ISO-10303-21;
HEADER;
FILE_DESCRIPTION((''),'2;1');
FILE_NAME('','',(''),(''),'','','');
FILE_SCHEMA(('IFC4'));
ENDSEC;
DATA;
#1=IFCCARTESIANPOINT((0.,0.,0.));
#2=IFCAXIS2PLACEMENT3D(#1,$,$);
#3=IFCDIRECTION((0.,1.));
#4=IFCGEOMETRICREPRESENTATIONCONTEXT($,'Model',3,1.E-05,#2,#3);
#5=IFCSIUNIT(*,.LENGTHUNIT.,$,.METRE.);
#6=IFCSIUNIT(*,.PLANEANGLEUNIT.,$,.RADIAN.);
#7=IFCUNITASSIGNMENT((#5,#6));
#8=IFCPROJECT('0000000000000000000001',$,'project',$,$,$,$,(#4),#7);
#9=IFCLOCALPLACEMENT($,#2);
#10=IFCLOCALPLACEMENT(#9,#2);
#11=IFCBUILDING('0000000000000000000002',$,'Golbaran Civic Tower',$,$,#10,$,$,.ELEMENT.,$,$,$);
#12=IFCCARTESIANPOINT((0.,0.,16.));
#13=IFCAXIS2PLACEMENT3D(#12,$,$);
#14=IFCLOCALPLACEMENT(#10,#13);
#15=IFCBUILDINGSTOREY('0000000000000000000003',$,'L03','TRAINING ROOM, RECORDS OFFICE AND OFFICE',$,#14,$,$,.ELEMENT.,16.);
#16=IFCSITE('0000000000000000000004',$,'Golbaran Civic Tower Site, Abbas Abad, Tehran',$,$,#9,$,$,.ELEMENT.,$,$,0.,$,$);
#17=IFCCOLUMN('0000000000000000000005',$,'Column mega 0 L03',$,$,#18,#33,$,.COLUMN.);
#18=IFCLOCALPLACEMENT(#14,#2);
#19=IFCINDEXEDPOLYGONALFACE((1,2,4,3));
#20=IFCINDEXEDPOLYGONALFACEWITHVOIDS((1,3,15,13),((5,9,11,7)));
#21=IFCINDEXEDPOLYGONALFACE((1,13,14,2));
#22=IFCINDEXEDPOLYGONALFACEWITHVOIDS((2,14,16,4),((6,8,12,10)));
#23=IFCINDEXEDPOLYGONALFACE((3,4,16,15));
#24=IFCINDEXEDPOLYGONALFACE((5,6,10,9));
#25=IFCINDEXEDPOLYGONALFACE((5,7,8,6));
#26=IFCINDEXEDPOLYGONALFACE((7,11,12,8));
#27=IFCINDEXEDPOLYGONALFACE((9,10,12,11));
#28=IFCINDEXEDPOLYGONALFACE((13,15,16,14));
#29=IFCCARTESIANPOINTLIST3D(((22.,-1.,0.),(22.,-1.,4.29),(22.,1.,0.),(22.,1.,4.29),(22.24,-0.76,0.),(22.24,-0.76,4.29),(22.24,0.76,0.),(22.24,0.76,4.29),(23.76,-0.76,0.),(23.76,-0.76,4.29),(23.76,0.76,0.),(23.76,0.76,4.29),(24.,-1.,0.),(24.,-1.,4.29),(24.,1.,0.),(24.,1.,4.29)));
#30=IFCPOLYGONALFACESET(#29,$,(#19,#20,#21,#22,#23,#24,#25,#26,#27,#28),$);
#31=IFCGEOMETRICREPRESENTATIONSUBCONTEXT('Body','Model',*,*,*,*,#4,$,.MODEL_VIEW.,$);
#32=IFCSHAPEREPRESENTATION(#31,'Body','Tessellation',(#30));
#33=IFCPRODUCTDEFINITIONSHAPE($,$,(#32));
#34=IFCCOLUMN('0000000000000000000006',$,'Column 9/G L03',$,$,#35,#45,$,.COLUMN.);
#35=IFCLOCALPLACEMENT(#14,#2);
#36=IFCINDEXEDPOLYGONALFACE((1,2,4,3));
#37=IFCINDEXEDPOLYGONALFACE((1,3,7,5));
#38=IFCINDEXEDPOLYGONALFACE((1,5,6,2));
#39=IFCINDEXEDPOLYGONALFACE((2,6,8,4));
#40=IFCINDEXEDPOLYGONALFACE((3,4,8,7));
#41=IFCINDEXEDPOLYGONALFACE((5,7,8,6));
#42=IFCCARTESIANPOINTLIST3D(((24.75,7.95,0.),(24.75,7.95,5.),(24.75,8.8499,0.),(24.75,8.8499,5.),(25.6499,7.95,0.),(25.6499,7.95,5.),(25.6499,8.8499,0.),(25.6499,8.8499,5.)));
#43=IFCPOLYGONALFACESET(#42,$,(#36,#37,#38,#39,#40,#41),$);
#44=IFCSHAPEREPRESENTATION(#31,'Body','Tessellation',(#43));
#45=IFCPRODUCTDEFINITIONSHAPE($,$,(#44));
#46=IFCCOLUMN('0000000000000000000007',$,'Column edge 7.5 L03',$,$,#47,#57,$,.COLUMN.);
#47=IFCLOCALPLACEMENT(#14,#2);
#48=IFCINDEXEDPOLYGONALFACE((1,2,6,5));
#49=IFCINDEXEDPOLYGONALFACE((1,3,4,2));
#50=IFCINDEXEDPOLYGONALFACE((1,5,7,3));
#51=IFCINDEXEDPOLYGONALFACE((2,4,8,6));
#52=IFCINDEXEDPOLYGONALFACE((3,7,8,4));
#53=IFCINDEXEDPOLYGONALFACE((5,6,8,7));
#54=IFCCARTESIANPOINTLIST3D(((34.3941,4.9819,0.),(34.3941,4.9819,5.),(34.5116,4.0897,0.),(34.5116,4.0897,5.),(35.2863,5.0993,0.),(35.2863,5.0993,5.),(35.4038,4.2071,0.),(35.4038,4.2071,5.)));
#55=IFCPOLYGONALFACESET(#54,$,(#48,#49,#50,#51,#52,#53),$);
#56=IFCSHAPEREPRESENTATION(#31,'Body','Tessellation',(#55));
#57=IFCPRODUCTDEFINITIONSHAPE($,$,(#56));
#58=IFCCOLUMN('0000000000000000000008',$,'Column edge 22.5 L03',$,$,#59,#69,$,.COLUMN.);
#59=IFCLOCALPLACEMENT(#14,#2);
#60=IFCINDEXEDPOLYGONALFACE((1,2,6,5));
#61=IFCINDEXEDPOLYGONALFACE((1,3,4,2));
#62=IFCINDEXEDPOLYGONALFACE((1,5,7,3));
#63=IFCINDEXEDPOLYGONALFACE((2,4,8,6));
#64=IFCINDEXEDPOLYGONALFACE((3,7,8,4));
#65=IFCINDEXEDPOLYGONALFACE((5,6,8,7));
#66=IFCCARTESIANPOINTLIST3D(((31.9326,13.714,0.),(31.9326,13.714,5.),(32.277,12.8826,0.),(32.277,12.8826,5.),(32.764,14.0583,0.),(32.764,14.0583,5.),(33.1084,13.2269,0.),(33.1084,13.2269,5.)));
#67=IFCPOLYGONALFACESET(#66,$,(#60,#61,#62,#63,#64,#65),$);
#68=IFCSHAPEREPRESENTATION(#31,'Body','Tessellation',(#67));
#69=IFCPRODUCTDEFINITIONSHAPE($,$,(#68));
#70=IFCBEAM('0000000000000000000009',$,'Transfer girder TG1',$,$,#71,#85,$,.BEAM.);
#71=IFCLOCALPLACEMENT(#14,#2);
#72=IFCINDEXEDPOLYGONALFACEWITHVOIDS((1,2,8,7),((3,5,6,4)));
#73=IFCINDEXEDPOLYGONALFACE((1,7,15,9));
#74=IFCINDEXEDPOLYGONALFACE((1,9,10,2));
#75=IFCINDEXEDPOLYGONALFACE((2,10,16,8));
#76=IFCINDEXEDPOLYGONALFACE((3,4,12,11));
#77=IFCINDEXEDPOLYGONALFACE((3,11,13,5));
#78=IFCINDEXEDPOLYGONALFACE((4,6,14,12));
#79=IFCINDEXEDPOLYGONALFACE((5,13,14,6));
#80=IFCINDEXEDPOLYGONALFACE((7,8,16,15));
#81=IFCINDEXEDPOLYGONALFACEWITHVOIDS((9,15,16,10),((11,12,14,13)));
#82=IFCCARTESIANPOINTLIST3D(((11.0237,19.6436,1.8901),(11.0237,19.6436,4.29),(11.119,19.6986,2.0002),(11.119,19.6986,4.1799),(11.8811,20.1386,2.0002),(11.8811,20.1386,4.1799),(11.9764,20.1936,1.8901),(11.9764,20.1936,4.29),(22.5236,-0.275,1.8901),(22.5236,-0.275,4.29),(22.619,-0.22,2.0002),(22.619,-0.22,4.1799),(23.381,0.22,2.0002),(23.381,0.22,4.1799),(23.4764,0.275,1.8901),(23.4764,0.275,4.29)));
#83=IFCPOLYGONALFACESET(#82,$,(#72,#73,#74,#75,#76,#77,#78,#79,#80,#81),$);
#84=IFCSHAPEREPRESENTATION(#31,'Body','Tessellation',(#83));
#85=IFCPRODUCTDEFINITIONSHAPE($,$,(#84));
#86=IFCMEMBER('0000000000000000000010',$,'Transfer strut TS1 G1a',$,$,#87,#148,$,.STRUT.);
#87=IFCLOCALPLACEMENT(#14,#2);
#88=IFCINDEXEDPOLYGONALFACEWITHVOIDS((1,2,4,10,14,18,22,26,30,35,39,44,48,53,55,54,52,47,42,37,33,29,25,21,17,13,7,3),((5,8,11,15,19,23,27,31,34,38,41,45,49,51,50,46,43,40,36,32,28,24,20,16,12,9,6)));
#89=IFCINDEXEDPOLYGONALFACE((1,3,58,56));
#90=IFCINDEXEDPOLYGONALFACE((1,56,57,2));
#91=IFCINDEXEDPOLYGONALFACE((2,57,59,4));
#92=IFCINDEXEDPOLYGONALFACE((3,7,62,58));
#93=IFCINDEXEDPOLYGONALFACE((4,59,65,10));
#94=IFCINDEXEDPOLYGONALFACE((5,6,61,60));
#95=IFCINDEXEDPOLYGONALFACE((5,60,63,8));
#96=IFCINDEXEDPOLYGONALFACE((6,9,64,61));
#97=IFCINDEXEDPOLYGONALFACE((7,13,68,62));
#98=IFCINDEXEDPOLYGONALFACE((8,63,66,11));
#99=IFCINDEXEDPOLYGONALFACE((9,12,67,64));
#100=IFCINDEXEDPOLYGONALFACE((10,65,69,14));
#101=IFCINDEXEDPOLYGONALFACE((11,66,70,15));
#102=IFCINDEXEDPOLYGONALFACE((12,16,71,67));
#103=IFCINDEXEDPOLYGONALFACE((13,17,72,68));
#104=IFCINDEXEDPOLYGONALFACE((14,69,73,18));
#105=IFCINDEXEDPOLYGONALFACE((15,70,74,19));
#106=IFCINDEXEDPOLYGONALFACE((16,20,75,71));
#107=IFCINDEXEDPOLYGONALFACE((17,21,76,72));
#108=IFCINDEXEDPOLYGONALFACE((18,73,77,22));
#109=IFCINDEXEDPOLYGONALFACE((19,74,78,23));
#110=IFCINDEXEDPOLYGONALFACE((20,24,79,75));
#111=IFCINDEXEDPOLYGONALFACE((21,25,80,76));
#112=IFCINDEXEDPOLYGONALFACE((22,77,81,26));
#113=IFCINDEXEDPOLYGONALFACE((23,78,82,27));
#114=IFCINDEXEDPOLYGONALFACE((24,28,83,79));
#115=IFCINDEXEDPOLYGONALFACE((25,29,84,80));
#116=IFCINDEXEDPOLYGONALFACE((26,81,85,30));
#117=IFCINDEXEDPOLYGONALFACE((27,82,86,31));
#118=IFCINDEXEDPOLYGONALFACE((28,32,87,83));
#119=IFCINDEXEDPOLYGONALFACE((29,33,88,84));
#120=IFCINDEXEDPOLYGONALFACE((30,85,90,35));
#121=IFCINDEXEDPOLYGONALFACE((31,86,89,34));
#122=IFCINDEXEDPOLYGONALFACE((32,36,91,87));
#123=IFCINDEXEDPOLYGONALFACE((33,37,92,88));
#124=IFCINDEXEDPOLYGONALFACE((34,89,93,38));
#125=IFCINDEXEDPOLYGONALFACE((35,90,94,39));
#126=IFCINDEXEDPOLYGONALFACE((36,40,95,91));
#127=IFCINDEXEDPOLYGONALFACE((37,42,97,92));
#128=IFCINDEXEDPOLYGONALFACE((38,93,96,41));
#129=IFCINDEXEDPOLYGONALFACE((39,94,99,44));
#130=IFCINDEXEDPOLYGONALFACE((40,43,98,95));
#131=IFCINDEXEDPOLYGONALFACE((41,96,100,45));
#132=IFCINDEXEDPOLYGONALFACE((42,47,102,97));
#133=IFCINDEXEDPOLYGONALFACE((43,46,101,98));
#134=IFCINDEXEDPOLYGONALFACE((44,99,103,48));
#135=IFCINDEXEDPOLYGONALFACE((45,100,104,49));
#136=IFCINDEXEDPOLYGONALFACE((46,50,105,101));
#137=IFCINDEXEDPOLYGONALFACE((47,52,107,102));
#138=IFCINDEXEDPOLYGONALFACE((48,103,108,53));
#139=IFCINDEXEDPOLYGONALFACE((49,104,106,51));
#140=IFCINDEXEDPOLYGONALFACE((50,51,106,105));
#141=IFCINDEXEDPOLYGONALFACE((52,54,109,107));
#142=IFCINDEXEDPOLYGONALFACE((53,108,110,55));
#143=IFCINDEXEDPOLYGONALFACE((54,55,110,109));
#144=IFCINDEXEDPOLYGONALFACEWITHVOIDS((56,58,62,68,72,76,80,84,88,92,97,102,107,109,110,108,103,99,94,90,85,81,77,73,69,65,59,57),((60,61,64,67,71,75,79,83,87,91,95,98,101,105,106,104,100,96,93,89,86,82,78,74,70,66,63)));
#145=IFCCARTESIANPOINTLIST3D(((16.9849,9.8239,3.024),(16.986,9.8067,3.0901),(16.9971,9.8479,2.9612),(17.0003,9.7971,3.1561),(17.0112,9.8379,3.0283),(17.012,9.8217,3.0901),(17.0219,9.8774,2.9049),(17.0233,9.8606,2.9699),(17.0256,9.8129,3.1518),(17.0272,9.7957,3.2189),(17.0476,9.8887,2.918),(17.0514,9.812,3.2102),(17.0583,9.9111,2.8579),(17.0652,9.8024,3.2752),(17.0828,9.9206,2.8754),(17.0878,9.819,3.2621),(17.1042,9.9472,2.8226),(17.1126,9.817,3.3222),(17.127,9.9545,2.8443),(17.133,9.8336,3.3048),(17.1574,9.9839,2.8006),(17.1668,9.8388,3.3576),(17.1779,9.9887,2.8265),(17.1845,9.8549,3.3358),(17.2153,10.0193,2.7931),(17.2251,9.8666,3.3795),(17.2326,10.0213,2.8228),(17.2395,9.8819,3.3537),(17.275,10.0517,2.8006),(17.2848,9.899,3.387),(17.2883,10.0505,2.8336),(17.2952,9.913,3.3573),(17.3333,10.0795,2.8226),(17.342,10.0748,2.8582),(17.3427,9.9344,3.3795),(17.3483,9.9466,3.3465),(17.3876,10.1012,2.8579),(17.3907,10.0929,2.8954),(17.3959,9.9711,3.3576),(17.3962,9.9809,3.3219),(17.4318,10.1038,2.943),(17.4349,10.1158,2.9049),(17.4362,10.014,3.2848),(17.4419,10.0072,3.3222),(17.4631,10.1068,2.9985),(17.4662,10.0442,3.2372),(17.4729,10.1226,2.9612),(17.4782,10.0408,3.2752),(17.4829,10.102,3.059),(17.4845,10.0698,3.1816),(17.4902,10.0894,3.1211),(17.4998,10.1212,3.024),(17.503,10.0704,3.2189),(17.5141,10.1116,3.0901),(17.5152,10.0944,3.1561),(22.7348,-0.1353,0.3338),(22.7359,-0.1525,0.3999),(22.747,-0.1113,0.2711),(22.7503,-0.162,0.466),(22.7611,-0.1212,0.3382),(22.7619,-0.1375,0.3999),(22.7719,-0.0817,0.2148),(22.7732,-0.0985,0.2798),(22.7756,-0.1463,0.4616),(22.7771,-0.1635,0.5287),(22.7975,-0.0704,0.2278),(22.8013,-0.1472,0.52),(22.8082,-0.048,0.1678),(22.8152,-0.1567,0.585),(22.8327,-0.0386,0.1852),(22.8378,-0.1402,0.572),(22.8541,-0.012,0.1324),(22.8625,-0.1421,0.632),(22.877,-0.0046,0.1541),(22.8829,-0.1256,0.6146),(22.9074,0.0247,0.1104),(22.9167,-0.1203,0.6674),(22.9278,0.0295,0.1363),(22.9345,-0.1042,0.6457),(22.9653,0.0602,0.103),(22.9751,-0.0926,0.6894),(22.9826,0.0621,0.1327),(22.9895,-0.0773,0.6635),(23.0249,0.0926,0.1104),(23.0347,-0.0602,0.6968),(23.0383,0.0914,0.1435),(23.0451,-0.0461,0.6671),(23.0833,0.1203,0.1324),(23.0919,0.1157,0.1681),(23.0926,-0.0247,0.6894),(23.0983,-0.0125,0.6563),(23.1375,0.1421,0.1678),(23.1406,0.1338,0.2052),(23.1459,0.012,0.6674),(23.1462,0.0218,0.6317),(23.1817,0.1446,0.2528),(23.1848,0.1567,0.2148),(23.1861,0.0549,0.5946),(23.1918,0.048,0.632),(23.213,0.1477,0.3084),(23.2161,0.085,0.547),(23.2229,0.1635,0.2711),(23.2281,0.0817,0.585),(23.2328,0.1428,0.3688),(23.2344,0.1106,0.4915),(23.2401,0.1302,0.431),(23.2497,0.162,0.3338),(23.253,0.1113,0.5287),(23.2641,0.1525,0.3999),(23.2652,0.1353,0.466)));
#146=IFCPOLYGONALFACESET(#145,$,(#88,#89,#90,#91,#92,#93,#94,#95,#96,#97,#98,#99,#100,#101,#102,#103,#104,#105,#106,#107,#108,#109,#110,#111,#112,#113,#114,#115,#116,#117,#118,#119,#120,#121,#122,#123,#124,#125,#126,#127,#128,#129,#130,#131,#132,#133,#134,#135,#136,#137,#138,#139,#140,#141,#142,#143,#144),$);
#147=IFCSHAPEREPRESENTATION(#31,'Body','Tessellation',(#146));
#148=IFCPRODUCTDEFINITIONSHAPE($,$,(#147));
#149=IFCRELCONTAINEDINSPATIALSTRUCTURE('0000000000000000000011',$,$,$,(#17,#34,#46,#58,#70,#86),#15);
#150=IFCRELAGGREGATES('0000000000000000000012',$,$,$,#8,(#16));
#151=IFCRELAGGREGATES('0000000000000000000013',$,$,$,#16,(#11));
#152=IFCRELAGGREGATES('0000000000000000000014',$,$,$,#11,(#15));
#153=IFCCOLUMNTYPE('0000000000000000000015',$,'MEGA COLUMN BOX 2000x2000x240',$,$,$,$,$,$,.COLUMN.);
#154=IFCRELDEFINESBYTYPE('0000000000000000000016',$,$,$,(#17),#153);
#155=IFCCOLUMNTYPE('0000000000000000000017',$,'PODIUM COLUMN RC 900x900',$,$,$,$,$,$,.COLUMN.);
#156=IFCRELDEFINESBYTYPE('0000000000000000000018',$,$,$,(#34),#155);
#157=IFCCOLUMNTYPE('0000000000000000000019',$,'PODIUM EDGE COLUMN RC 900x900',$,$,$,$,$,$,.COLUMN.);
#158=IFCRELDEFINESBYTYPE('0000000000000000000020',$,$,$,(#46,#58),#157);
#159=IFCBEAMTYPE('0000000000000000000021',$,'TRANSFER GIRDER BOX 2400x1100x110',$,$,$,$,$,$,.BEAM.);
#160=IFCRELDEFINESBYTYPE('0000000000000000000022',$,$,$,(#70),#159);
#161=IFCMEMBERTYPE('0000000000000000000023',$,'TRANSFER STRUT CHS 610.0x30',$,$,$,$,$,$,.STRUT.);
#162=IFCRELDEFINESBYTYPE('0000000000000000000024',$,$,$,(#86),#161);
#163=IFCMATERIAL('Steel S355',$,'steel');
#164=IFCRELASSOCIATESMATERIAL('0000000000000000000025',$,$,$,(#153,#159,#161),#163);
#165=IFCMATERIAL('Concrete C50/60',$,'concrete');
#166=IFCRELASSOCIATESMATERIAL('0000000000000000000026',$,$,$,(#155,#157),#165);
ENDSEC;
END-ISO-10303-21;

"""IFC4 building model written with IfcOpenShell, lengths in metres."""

from ifc_helpers import new_model, si_unit, direction, frame, origin, origin_2d, place, context, subcontext, project, spatial, rectangle, hollow_rectangle, hollow_circle, extrude, material, material_profile, profile_set, type_object, element, save


model = new_model("IFC4")

# Units and contexts
model_context = context("Model", 3, precision=1e-05, world=origin(), true_north=direction((0.0, 1.0)))
body_context = subcontext(model_context, "Body", "Model", "MODEL_VIEW")
ifc_project = project(units=[si_unit("LENGTHUNIT", "METRE"), si_unit("PLANEANGLEUNIT", "RADIAN")], contexts=[model_context])

# Site, building, storey
site_placement = place(None, origin())
site = spatial("IfcSite", under=ifc_project, at=site_placement, Name="Golbaran Civic Tower Site, Abbas Abad, Tehran", CompositionType="ELEMENT", RefElevation=0.0)
building_placement = place(site_placement, origin())
building = spatial("IfcBuilding", under=site, at=building_placement, Name="Golbaran Civic Tower", CompositionType="ELEMENT")
storey_placement = place(building_placement, frame((0.0, 0.0, 16.0)))
storey = spatial("IfcBuildingStorey", under=building, at=storey_placement, Name="L03", Description="TRAINING ROOM, RECORDS OFFICE AND OFFICE", CompositionType="ELEMENT", Elevation=16.0)

# Columns
ifc_material_1 = material(Name="Steel S355", Category="steel")
ifc_material_profile_1 = material_profile(ifc_material_1, hollow_rectangle(XDim=2.0, YDim=2.0, WallThickness=0.24, at=origin_2d()), Name="BOX 2000x2000x240")
ifc_profile_set_1 = profile_set([ifc_material_profile_1], Name="Steel S355")
column_type_1 = type_object("IfcColumnType", Name="MEGA COLUMN BOX 2000x2000x240", PredefinedType="COLUMN", material=ifc_profile_set_1)
column_1_placement = place(storey_placement, frame((23.0, 0.0, 0.0), z_axis=(0.0, 0.0, 1.0), x_axis=(1.0, 0.0, 0.0)))
element("IfcColumn", 1, at=column_1_placement, inside=storey, type_object=column_type_1, Name="Column mega 0 L03", PredefinedType="COLUMN", context=body_context, shape_type="SweptSolid", body=[
    extrude(hollow_rectangle(XDim=2.0, YDim=2.0, WallThickness=0.24, at=origin_2d()), origin(), (0.0, 0.0, 1.0), 4.29),
])
ifc_material_2 = material(Name="Concrete C50/60", Category="concrete")
ifc_material_profile_2 = material_profile(ifc_material_2, rectangle(XDim=0.8999, YDim=0.8999, at=origin_2d()), Name="RC 900x900")
ifc_profile_set_2 = profile_set([ifc_material_profile_2], Name="Concrete C50/60")
column_type_2 = type_object("IfcColumnType", Name="PODIUM COLUMN RC 900x900", PredefinedType="COLUMN", material=ifc_profile_set_2)
column_2_placement = place(storey_placement, frame((25.2, 8.3999, 0.0), z_axis=(0.0, 0.0, 1.0), x_axis=(1.0, 0.0, 0.0)))
element("IfcColumn", 2, at=column_2_placement, inside=storey, type_object=column_type_2, Name="Column 9/G L03", PredefinedType="COLUMN", context=body_context, shape_type="SweptSolid", body=[
    extrude(rectangle(XDim=0.8999, YDim=0.8999, at=origin_2d()), origin(), (0.0, 0.0, 1.0), 5.0),
])
ifc_material_profile_3 = material_profile(ifc_material_2, rectangle(XDim=0.8999, YDim=0.8999, at=origin_2d()), Name="RC 900x900")
ifc_profile_set_3 = profile_set([ifc_material_profile_3], Name="Concrete C50/60")
column_type_3 = type_object("IfcColumnType", Name="PODIUM EDGE COLUMN RC 900x900", PredefinedType="COLUMN", material=ifc_profile_set_3)
for number, where, z_axis, x_axis, name in (
    (3, (34.8989, 4.5945, 0.0), (0.0, 0.0, 1.0), (0.991445, 0.130526, 0.0), "Column edge 7.5 L03"),
    (4, (32.5205, 13.4705, 0.0), (0.0, 0.0, 1.0), (0.92388, 0.382683, 0.0), "Column edge 22.5 L03"),
):
    element("IfcColumn", number, at=place(storey_placement, frame(where, z_axis=z_axis, x_axis=x_axis)), inside=storey, type_object=column_type_3, Name=name, PredefinedType="COLUMN", context=body_context, shape_type="SweptSolid", body=[
        extrude(rectangle(XDim=0.8999, YDim=0.8999, at=origin_2d()), origin(), (0.0, 0.0, 1.0), 5.0),
    ])

# Beam
ifc_material_profile_4 = material_profile(ifc_material_1, hollow_rectangle(XDim=1.1001, YDim=2.3999, WallThickness=0.1101, at=origin_2d()), Name="BOX 2400x1100x110")
ifc_profile_set_4 = profile_set([ifc_material_profile_4], Name="Steel S355")
beam_type = type_object("IfcBeamType", Name="TRANSFER GIRDER BOX 2400x1100x110", PredefinedType="BEAM", material=ifc_profile_set_4)
beam_placement = place(storey_placement, frame((23.0, 0.0, 3.0901), z_axis=(-0.499998, 0.866027, 0.0), x_axis=(-0.866027, -0.499998, 0.0)))
element("IfcBeam", 5, at=beam_placement, inside=storey, type_object=beam_type, Name="Transfer girder TG1", PredefinedType="BEAM", context=body_context, shape_type="SweptSolid", body=[
    extrude(hollow_rectangle(XDim=1.1001, YDim=2.3999, WallThickness=0.1101, at=origin_2d()), origin(), (0.0, 0.0, 1.0), 23.0),
])

# Member
ifc_material_profile_5 = material_profile(ifc_material_1, hollow_circle(Radius=0.3049, WallThickness=0.03, at=origin_2d()), Name="CHS 610.0x30")
ifc_profile_set_5 = profile_set([ifc_material_profile_5], Name="Steel S355")
member_type = type_object("IfcMemberType", Name="TRANSFER STRUT CHS 610.0x30", PredefinedType="STRUT", material=ifc_profile_set_5)
for number, where, z_axis, x_axis, name in (
    (6, (23.0, 0.0, 0.3999), (-0.486859, 0.843258, 0.227781), (-0.866024, -0.500002, 0.0), "Transfer strut TS1 G1a"),
):
    element("IfcMember", number, at=place(storey_placement, frame(where, z_axis=z_axis, x_axis=x_axis)), inside=storey, type_object=member_type, Name=name, PredefinedType="STRUT", context=body_context, shape_type="SweptSolid", body=[
        extrude(hollow_circle(Radius=0.3049, WallThickness=0.03, at=origin_2d()), origin(), (0.0, 0.0, 1.0), 11.8103),
    ])

save(model, "model.ifc")
